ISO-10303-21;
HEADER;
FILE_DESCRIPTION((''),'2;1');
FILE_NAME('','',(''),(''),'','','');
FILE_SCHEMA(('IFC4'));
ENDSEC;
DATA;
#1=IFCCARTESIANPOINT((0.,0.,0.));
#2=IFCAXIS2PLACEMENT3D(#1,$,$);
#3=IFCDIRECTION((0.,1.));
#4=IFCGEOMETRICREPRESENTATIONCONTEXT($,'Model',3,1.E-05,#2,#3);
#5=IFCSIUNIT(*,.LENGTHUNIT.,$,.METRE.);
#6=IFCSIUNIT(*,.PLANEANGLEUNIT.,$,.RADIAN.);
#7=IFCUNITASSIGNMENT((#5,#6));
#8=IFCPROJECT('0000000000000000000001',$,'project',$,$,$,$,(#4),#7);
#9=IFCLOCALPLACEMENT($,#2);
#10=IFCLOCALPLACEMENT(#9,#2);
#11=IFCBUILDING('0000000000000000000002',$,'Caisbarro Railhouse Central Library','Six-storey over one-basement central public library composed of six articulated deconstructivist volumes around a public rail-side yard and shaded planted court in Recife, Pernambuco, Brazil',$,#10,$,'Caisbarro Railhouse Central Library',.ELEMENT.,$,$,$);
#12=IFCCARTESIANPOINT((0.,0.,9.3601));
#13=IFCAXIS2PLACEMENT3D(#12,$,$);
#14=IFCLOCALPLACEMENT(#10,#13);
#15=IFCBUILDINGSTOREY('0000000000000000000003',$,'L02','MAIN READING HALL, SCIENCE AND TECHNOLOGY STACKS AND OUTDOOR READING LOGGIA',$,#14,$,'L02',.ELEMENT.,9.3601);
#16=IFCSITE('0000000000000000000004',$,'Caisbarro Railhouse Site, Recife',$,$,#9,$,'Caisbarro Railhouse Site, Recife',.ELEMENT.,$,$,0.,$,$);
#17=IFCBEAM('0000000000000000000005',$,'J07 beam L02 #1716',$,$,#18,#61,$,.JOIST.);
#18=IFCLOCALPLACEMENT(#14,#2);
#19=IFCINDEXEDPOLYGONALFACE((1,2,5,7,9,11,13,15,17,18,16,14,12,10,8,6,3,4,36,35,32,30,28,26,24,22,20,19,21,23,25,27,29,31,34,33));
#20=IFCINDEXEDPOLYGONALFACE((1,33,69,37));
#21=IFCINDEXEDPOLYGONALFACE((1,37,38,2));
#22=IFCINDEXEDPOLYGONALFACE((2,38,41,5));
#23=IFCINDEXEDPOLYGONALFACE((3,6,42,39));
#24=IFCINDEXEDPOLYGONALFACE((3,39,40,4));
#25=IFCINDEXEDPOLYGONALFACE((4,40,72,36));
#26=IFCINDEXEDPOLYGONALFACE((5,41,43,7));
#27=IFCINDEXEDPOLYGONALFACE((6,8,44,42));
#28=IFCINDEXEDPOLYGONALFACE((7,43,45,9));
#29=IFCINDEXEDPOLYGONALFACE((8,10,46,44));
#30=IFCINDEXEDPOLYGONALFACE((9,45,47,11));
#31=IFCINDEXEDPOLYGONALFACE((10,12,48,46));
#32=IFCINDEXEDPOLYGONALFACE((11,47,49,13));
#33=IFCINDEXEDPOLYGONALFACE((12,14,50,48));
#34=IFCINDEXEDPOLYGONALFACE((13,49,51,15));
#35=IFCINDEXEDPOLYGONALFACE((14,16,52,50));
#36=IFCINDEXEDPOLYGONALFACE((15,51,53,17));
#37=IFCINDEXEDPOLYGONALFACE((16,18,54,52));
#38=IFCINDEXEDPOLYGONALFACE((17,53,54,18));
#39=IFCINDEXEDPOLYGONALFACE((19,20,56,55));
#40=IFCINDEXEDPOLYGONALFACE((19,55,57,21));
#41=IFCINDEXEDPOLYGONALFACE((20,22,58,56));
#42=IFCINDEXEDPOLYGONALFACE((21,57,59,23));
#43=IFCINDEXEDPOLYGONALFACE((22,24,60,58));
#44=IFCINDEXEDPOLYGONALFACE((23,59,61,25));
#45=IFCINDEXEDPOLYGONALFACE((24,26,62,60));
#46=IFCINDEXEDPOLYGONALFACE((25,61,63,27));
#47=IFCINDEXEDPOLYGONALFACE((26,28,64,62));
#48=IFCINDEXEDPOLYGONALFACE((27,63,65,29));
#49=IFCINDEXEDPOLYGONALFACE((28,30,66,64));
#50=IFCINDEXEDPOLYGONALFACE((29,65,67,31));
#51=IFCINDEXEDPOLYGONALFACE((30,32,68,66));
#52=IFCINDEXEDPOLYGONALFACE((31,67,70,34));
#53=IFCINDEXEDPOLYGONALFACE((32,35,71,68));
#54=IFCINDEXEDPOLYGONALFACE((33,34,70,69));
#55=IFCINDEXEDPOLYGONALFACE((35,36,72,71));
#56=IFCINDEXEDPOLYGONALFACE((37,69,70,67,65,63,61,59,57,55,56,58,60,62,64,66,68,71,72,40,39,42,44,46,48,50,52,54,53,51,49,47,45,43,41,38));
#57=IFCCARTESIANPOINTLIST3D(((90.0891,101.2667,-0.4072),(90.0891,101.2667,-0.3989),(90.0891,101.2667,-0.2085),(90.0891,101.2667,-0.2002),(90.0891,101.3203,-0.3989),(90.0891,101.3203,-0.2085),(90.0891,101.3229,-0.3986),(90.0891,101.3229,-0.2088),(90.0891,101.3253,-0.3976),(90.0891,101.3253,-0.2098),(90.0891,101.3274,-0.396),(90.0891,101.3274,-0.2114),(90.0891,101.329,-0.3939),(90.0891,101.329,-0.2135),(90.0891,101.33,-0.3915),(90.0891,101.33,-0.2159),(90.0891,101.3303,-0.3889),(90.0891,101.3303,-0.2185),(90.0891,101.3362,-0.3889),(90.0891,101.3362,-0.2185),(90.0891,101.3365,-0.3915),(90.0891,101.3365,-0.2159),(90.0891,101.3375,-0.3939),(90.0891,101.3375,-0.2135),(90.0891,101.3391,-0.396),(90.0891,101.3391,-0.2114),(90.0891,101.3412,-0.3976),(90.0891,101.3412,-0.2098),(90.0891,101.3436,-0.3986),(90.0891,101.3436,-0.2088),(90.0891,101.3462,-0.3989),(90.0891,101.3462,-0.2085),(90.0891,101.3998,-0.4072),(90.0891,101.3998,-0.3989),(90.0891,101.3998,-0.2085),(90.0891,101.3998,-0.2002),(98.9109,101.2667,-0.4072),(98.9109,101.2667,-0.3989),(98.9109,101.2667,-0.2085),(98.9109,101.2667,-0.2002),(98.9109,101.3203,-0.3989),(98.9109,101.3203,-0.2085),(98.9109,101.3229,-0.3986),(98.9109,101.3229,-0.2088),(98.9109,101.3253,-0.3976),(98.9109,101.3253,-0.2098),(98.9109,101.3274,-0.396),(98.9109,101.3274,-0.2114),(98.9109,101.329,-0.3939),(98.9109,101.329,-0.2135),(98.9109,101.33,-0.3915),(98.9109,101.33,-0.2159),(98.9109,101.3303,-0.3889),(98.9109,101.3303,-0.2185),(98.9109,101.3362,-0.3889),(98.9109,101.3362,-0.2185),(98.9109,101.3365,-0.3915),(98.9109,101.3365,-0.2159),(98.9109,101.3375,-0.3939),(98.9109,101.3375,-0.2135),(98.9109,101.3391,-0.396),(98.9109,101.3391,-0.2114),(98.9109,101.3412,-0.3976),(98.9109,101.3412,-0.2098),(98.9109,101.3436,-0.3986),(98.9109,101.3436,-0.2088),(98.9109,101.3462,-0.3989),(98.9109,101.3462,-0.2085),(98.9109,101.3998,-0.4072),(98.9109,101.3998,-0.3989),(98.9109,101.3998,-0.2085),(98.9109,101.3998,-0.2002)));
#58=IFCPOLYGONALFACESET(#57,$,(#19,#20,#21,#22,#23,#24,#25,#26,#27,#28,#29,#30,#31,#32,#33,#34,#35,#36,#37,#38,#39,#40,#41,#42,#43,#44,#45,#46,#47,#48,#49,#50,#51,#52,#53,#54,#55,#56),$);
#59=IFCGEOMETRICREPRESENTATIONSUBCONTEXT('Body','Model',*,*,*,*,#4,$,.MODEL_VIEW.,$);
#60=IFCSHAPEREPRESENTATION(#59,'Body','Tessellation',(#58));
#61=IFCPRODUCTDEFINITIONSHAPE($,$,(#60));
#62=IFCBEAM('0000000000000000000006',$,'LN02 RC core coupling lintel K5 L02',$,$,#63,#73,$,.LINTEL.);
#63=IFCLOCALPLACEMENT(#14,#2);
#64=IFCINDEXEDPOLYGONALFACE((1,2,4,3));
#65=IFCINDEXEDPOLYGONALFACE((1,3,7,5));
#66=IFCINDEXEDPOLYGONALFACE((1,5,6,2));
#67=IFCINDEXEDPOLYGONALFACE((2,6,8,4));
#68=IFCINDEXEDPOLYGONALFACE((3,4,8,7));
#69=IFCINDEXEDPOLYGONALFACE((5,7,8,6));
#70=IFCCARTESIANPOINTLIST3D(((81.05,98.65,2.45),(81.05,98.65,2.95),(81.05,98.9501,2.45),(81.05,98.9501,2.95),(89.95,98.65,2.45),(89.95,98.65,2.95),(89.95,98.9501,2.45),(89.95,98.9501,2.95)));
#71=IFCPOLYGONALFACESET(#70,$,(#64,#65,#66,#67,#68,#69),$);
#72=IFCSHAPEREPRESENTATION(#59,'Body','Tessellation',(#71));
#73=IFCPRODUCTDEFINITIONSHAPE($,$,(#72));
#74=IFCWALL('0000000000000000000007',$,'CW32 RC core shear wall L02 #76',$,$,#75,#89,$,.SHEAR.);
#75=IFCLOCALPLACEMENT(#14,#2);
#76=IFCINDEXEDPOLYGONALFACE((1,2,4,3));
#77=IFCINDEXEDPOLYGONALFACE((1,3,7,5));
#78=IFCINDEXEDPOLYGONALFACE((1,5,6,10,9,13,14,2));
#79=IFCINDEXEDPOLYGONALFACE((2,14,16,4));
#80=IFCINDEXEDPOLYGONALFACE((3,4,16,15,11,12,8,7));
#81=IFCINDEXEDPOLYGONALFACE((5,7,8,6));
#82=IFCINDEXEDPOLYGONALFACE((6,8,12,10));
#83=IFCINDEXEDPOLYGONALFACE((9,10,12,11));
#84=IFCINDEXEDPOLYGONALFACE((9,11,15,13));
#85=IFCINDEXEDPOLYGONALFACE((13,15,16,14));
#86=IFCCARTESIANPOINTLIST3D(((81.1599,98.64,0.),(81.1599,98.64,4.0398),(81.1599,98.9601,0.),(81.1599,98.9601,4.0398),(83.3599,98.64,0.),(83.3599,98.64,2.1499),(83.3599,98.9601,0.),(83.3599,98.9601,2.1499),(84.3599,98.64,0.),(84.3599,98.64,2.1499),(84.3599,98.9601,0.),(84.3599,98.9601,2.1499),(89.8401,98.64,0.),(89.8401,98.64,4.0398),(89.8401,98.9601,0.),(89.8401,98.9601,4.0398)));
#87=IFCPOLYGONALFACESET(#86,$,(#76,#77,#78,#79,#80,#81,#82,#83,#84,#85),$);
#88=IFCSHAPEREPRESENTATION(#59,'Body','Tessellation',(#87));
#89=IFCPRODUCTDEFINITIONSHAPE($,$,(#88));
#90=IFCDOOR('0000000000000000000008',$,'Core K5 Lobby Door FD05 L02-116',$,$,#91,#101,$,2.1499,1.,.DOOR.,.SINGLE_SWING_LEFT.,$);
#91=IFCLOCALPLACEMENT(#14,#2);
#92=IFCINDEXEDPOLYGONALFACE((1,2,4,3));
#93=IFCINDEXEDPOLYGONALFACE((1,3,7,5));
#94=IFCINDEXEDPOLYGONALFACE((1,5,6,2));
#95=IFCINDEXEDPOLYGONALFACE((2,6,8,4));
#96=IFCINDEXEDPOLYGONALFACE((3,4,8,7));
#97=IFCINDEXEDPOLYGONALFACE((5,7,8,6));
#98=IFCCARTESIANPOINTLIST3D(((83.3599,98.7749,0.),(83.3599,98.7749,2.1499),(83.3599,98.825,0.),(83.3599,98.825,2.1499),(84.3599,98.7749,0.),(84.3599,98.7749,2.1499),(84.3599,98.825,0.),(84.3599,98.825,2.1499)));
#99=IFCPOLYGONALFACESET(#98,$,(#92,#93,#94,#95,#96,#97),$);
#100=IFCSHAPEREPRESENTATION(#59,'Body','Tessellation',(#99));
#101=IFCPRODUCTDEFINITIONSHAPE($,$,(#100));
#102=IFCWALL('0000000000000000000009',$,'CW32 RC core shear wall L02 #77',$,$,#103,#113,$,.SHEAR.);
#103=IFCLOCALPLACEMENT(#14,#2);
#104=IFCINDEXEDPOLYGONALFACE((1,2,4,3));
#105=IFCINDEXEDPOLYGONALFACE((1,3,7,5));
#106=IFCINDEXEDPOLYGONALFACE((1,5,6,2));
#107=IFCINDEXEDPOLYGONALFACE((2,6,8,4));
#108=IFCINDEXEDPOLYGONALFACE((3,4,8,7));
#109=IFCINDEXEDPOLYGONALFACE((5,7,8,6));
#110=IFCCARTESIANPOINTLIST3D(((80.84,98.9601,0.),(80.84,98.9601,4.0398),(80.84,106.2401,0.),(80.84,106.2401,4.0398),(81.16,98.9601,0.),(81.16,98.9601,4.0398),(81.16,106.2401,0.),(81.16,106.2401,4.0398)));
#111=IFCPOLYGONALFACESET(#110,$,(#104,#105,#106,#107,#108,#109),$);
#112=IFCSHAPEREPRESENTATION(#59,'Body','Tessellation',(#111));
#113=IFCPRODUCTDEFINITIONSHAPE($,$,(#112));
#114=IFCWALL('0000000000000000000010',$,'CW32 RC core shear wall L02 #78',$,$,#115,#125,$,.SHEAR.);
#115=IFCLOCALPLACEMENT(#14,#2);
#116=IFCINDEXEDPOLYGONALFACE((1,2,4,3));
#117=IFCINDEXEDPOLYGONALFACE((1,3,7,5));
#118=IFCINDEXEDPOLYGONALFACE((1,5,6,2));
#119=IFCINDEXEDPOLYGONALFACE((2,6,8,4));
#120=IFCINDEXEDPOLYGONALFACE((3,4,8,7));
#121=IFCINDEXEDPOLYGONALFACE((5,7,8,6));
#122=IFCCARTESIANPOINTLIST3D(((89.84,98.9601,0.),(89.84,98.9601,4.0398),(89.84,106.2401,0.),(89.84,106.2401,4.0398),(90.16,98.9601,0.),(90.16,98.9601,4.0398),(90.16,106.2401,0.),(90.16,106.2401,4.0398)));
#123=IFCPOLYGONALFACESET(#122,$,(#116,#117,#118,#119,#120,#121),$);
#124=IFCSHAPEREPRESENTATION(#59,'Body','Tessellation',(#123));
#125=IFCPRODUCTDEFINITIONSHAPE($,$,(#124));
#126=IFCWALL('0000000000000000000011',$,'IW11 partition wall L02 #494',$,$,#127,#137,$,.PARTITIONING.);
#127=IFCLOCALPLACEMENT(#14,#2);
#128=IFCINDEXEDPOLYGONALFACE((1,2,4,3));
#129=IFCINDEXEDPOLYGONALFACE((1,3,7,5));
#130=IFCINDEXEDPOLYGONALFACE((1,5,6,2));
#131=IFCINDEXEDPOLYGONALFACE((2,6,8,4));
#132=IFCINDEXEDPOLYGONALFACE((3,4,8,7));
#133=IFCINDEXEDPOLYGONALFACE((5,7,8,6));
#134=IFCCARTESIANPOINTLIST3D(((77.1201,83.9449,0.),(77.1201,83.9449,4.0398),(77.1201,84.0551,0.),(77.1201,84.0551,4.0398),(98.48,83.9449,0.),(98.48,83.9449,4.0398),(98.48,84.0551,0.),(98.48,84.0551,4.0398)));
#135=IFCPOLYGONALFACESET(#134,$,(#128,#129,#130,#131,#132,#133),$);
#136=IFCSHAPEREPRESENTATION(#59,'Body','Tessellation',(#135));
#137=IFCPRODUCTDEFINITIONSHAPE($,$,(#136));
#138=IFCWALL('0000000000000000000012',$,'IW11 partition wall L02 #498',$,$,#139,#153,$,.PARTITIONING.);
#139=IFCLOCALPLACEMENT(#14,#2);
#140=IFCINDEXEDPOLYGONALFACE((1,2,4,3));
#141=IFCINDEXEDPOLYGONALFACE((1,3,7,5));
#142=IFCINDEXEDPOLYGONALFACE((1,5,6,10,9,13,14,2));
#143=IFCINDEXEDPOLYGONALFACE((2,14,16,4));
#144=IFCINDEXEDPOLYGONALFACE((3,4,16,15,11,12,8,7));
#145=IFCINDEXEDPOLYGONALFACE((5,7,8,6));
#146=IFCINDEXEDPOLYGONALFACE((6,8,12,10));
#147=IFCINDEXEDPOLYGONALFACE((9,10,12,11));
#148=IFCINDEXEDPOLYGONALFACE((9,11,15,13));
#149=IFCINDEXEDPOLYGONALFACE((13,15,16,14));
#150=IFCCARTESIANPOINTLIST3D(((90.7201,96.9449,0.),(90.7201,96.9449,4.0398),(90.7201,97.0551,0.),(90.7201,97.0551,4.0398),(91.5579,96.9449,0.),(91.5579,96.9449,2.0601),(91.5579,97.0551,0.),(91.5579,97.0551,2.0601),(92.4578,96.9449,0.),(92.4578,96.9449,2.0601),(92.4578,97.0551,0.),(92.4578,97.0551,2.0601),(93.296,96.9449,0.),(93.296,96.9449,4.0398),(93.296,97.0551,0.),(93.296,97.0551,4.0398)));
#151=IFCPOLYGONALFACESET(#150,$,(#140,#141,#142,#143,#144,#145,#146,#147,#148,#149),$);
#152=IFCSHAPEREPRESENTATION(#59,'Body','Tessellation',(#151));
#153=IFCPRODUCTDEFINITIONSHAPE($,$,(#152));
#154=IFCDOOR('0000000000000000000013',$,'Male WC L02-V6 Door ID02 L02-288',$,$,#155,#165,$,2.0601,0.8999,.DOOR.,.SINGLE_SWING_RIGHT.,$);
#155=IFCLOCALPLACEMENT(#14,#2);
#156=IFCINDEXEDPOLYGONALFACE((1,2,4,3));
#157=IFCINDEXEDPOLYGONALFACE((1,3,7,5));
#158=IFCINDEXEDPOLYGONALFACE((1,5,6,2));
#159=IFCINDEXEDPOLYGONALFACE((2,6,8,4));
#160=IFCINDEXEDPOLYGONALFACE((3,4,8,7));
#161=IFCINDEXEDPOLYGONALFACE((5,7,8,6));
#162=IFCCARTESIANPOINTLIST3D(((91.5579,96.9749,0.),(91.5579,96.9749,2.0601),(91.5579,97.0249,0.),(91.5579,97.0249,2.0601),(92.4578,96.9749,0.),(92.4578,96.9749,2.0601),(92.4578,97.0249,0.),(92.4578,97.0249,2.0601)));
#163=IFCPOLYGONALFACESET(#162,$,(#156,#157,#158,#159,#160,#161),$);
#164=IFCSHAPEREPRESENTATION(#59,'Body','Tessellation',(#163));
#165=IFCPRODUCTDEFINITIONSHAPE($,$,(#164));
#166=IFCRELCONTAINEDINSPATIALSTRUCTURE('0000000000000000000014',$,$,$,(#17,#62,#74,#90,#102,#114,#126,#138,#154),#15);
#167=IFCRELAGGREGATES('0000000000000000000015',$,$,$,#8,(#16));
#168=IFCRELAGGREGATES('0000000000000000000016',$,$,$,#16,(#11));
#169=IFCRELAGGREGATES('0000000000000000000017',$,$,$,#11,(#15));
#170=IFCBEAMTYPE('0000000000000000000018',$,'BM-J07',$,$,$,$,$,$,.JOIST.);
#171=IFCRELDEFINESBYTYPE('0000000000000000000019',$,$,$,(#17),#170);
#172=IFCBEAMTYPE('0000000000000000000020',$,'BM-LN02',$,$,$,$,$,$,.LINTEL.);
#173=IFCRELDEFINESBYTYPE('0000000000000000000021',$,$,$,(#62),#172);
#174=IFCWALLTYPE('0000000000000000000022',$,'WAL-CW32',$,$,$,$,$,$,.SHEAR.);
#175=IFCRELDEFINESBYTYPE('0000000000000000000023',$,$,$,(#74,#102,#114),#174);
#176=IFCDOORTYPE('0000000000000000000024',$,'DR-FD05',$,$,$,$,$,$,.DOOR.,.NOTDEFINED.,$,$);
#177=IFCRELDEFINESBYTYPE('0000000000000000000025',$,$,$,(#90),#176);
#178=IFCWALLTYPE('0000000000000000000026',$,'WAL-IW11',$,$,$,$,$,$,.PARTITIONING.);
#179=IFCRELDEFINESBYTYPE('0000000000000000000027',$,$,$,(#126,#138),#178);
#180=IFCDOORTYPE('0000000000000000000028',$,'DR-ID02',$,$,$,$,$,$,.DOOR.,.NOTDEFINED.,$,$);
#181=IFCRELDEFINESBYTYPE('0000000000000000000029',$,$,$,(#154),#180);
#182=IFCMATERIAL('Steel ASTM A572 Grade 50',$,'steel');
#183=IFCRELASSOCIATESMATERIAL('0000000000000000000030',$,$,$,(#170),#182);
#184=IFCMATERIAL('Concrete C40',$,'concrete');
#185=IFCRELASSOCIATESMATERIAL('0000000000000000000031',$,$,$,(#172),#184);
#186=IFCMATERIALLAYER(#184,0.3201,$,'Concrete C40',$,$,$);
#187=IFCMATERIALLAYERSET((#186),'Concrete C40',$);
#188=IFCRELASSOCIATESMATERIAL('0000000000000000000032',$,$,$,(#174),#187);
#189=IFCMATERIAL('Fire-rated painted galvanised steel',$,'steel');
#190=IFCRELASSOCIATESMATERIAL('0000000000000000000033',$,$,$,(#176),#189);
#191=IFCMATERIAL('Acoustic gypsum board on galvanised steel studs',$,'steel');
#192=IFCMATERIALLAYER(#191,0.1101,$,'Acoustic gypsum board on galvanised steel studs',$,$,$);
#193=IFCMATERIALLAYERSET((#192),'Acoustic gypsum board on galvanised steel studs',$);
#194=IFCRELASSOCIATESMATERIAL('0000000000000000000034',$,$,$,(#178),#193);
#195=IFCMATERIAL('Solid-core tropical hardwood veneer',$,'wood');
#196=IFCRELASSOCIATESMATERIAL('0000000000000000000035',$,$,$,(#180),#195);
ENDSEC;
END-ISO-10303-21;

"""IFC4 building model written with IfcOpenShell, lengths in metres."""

from ifc_helpers import new_model, si_unit, direction, frame, frame_2d, origin, origin_2d, place, context, subcontext, project, spatial, rectangle, i_section, extrude, material, layer, layer_set, material_profile, profile_set, type_object, element, fill, save


model = new_model("IFC4")

# Units and contexts
model_context = context("Model", 3, precision=1e-05, world=origin(), true_north=direction((0.0, 1.0)))
body_context = subcontext(model_context, "Body", "Model", "MODEL_VIEW")
ifc_project = project(units=[si_unit("LENGTHUNIT", "METRE"), si_unit("PLANEANGLEUNIT", "RADIAN")], contexts=[model_context])

# Site, building, storey
site_placement = place(None, origin())
site = spatial("IfcSite", under=ifc_project, at=site_placement, Name="Caisbarro Railhouse Site, Recife", LongName="Caisbarro Railhouse Site, Recife", CompositionType="ELEMENT", RefElevation=0.0)
building_placement = place(site_placement, origin())
building = spatial("IfcBuilding", under=site, at=building_placement, Name="Caisbarro Railhouse Central Library", Description="Six-storey over one-basement central public library composed of six articulated deconstructivist volumes around a public rail-side yard and shaded planted court in Recife, Pernambuco, Brazil", LongName="Caisbarro Railhouse Central Library", CompositionType="ELEMENT")
storey_placement = place(building_placement, frame((0.0, 0.0, 9.3601)))
storey = spatial("IfcBuildingStorey", under=building, at=storey_placement, Name="L02", Description="MAIN READING HALL, SCIENCE AND TECHNOLOGY STACKS AND OUTDOOR READING LOGGIA", LongName="L02", CompositionType="ELEMENT", Elevation=9.3601)

# Shared definitions
ifc_material_1 = material(Name="Steel ASTM A572 Grade 50", Category="steel")

# Beams
ifc_material_profile_1 = material_profile(ifc_material_1, i_section(OverallWidth=0.1331, OverallDepth=0.207, WebThickness=0.0059, FlangeThickness=0.0083, FilletRadius=0.01, at=origin_2d()), Name="W200X26.6")
ifc_profile_set_1 = profile_set([ifc_material_profile_1], Name="Steel ASTM A572 Grade 50")
beam_type_1 = type_object("IfcBeamType", Name="BM-J07", PredefinedType="JOIST", material=ifc_profile_set_1)
for number, where, z_axis, x_axis, name in (
    (1, (90.0891, 101.3333, -0.3037), (1.0, 0.0, 0.0), (0.0, 1.0, 0.0), "J07 beam L02 #1716"),
):
    element("IfcBeam", number, at=place(storey_placement, frame(where, z_axis=z_axis, x_axis=x_axis)), inside=storey, type_object=beam_type_1, Name=name, PredefinedType="JOIST", context=body_context, shape_type="SweptSolid", body=[
        extrude(i_section(OverallWidth=0.1331, OverallDepth=0.207, WebThickness=0.0059, FlangeThickness=0.0083, FilletRadius=0.01, at=origin_2d()), origin(), (0.0, 0.0, 1.0), 8.8218),
    ])
ifc_material_2 = material(Name="Concrete C40", Category="concrete")
ifc_material_profile_2 = material_profile(ifc_material_2, rectangle(XDim=0.3, YDim=0.5, at=origin_2d()), Name="RC-LIN-300X500")
ifc_profile_set_2 = profile_set([ifc_material_profile_2], Name="Concrete C40")
beam_type_2 = type_object("IfcBeamType", Name="BM-LN02", PredefinedType="LINTEL", material=ifc_profile_set_2)
beam_1_placement = place(storey_placement, frame((81.05, 98.8, 2.7), z_axis=(1.0, 0.0, 0.0), x_axis=(0.0, 1.0, 0.0)))
element("IfcBeam", 2, at=beam_1_placement, inside=storey, type_object=beam_type_2, Name="LN02 RC core coupling lintel K5 L02", PredefinedType="LINTEL", context=body_context, shape_type="SweptSolid", body=[
    extrude(rectangle(XDim=0.3, YDim=0.5, at=origin_2d()), origin(), (0.0, 0.0, 1.0), 8.8999),
])

# Wall, opening, door
ifc_layer_1 = layer(ifc_material_2, 0.3201, Name="Concrete C40")
ifc_layer_set_1 = layer_set([ifc_layer_1], Name="Concrete C40")
wall_type_1 = type_object("IfcWallType", Name="WAL-CW32", PredefinedType="SHEAR", material=ifc_layer_set_1)
wall_1_placement = place(storey_placement, frame((81.1599, 98.8, 0.0), z_axis=(0.0, 0.0, 1.0), x_axis=(1.0, 0.0, 0.0)))
wall_1 = element("IfcWall", 3, at=wall_1_placement, inside=storey, type_object=wall_type_1, Name="CW32 RC core shear wall L02 #76", PredefinedType="SHEAR", context=body_context, shape_type="SweptSolid", body=[
    extrude(rectangle(XDim=8.6802, YDim=0.3201, at=frame_2d((4.3401, 0.0))), origin(), (0.0, 0.0, 1.0), 4.0398),
])
opening_1_placement = place(wall_1_placement, frame((2.2, 0.0, 0.0)))
opening_1 = element("IfcOpeningElement", 4, at=opening_1_placement, cuts=wall_1, PredefinedType="OPENING", context=body_context, shape_type="SweptSolid", body=[
    extrude(rectangle(XDim=1.0, YDim=2.1499, at=frame_2d((0.5, 1.075))), frame((0.0, 0.1699, 0.0), z_axis=(0.0, -1.0, 0.0), x_axis=(1.0, 0.0, 0.0)), (0.0, 0.0, 1.0), 0.3401),
])
ifc_material_3 = material(Name="Fire-rated painted galvanised steel", Category="steel")
door_type_1 = type_object("IfcDoorType", Name="DR-FD05", OperationType="NOTDEFINED", PredefinedType="DOOR", material=ifc_material_3)
door_1_placement = place(opening_1_placement, origin())
door_1 = element("IfcDoor", 5, at=door_1_placement, inside=storey, type_object=door_type_1, Name="Core K5 Lobby Door FD05 L02-116", OperationType="SINGLE_SWING_LEFT", OverallHeight=2.1499, OverallWidth=1.0, PredefinedType="DOOR", context=body_context, shape_type="SweptSolid", body=[
    extrude(rectangle(XDim=1.0, YDim=2.1499, at=frame_2d((0.5, 1.075))), frame((0.0, 0.0249, 0.0), z_axis=(0.0, -1.0, 0.0), x_axis=(1.0, 0.0, 0.0)), (0.0, 0.0, 1.0), 0.05),
])
fill(opening_1, door_1)

# Walls
for number, where, z_axis, x_axis, name in (
    (6, (81.0, 98.96, 0.0), (0.0, 0.0, 1.0), (0.0, 1.0, 0.0), "CW32 RC core shear wall L02 #77"),
    (7, (90.0, 98.96, 0.0), (0.0, 0.0, 1.0), (0.0, 1.0, 0.0), "CW32 RC core shear wall L02 #78"),
):
    element("IfcWall", number, at=place(storey_placement, frame(where, z_axis=z_axis, x_axis=x_axis)), inside=storey, type_object=wall_type_1, Name=name, PredefinedType="SHEAR", context=body_context, shape_type="SweptSolid", body=[
        extrude(rectangle(XDim=7.28, YDim=0.3201, at=frame_2d((3.6401, 0.0))), origin(), (0.0, 0.0, 1.0), 4.0398),
    ])
ifc_material_4 = material(Name="Acoustic gypsum board on galvanised steel studs", Category="steel")
ifc_layer_2 = layer(ifc_material_4, 0.1101, Name="Acoustic gypsum board on galvanised steel studs")
ifc_layer_set_2 = layer_set([ifc_layer_2], Name="Acoustic gypsum board on galvanised steel studs")
wall_type_2 = type_object("IfcWallType", Name="WAL-IW11", PredefinedType="PARTITIONING", material=ifc_layer_set_2)
wall_2_placement = place(storey_placement, frame((77.1201, 84.0, 0.0), z_axis=(0.0, 0.0, 1.0), x_axis=(1.0, 0.0, 0.0)))
element("IfcWall", 8, at=wall_2_placement, inside=storey, type_object=wall_type_2, Name="IW11 partition wall L02 #494", PredefinedType="PARTITIONING", context=body_context, shape_type="SweptSolid", body=[
    extrude(rectangle(XDim=21.3599, YDim=0.1101, at=frame_2d((10.6799, 0.0))), origin(), (0.0, 0.0, 1.0), 4.0398),
])

# Wall, opening, door
wall_3_placement = place(storey_placement, frame((90.72, 97.0, 0.0), z_axis=(0.0, 0.0, 1.0), x_axis=(1.0, 0.0, 0.0)))
wall_3 = element("IfcWall", 9, at=wall_3_placement, inside=storey, type_object=wall_type_2, Name="IW11 partition wall L02 #498", PredefinedType="PARTITIONING", context=body_context, shape_type="SweptSolid", body=[
    extrude(rectangle(XDim=2.5759, YDim=0.1101, at=frame_2d((1.2881, 0.0))), origin(), (0.0, 0.0, 1.0), 4.0398),
])
opening_2_placement = place(wall_3_placement, frame((0.8379, 0.0, 0.0)))
opening_2 = element("IfcOpeningElement", 10, at=opening_2_placement, cuts=wall_3, PredefinedType="OPENING", context=body_context, shape_type="SweptSolid", body=[
    extrude(rectangle(XDim=0.8999, YDim=2.0601, at=frame_2d((0.45, 1.03))), frame((0.0, 0.0649, 0.0), z_axis=(0.0, -1.0, 0.0), x_axis=(1.0, 0.0, 0.0)), (0.0, 0.0, 1.0), 0.1301),
])
ifc_material_5 = material(Name="Solid-core tropical hardwood veneer", Category="wood")
door_type_2 = type_object("IfcDoorType", Name="DR-ID02", OperationType="NOTDEFINED", PredefinedType="DOOR", material=ifc_material_5)
door_2_placement = place(opening_2_placement, origin())
door_2 = element("IfcDoor", 11, at=door_2_placement, inside=storey, type_object=door_type_2, Name="Male WC L02-V6 Door ID02 L02-288", OperationType="SINGLE_SWING_RIGHT", OverallHeight=2.0601, OverallWidth=0.8999, PredefinedType="DOOR", context=body_context, shape_type="SweptSolid", body=[
    extrude(rectangle(XDim=0.8999, YDim=2.0601, at=frame_2d((0.45, 1.03))), frame((0.0, 0.0249, 0.0), z_axis=(0.0, -1.0, 0.0), x_axis=(1.0, 0.0, 0.0)), (0.0, 0.0, 1.0), 0.05),
])
fill(opening_2, door_2)

save(model, "model.ifc")
